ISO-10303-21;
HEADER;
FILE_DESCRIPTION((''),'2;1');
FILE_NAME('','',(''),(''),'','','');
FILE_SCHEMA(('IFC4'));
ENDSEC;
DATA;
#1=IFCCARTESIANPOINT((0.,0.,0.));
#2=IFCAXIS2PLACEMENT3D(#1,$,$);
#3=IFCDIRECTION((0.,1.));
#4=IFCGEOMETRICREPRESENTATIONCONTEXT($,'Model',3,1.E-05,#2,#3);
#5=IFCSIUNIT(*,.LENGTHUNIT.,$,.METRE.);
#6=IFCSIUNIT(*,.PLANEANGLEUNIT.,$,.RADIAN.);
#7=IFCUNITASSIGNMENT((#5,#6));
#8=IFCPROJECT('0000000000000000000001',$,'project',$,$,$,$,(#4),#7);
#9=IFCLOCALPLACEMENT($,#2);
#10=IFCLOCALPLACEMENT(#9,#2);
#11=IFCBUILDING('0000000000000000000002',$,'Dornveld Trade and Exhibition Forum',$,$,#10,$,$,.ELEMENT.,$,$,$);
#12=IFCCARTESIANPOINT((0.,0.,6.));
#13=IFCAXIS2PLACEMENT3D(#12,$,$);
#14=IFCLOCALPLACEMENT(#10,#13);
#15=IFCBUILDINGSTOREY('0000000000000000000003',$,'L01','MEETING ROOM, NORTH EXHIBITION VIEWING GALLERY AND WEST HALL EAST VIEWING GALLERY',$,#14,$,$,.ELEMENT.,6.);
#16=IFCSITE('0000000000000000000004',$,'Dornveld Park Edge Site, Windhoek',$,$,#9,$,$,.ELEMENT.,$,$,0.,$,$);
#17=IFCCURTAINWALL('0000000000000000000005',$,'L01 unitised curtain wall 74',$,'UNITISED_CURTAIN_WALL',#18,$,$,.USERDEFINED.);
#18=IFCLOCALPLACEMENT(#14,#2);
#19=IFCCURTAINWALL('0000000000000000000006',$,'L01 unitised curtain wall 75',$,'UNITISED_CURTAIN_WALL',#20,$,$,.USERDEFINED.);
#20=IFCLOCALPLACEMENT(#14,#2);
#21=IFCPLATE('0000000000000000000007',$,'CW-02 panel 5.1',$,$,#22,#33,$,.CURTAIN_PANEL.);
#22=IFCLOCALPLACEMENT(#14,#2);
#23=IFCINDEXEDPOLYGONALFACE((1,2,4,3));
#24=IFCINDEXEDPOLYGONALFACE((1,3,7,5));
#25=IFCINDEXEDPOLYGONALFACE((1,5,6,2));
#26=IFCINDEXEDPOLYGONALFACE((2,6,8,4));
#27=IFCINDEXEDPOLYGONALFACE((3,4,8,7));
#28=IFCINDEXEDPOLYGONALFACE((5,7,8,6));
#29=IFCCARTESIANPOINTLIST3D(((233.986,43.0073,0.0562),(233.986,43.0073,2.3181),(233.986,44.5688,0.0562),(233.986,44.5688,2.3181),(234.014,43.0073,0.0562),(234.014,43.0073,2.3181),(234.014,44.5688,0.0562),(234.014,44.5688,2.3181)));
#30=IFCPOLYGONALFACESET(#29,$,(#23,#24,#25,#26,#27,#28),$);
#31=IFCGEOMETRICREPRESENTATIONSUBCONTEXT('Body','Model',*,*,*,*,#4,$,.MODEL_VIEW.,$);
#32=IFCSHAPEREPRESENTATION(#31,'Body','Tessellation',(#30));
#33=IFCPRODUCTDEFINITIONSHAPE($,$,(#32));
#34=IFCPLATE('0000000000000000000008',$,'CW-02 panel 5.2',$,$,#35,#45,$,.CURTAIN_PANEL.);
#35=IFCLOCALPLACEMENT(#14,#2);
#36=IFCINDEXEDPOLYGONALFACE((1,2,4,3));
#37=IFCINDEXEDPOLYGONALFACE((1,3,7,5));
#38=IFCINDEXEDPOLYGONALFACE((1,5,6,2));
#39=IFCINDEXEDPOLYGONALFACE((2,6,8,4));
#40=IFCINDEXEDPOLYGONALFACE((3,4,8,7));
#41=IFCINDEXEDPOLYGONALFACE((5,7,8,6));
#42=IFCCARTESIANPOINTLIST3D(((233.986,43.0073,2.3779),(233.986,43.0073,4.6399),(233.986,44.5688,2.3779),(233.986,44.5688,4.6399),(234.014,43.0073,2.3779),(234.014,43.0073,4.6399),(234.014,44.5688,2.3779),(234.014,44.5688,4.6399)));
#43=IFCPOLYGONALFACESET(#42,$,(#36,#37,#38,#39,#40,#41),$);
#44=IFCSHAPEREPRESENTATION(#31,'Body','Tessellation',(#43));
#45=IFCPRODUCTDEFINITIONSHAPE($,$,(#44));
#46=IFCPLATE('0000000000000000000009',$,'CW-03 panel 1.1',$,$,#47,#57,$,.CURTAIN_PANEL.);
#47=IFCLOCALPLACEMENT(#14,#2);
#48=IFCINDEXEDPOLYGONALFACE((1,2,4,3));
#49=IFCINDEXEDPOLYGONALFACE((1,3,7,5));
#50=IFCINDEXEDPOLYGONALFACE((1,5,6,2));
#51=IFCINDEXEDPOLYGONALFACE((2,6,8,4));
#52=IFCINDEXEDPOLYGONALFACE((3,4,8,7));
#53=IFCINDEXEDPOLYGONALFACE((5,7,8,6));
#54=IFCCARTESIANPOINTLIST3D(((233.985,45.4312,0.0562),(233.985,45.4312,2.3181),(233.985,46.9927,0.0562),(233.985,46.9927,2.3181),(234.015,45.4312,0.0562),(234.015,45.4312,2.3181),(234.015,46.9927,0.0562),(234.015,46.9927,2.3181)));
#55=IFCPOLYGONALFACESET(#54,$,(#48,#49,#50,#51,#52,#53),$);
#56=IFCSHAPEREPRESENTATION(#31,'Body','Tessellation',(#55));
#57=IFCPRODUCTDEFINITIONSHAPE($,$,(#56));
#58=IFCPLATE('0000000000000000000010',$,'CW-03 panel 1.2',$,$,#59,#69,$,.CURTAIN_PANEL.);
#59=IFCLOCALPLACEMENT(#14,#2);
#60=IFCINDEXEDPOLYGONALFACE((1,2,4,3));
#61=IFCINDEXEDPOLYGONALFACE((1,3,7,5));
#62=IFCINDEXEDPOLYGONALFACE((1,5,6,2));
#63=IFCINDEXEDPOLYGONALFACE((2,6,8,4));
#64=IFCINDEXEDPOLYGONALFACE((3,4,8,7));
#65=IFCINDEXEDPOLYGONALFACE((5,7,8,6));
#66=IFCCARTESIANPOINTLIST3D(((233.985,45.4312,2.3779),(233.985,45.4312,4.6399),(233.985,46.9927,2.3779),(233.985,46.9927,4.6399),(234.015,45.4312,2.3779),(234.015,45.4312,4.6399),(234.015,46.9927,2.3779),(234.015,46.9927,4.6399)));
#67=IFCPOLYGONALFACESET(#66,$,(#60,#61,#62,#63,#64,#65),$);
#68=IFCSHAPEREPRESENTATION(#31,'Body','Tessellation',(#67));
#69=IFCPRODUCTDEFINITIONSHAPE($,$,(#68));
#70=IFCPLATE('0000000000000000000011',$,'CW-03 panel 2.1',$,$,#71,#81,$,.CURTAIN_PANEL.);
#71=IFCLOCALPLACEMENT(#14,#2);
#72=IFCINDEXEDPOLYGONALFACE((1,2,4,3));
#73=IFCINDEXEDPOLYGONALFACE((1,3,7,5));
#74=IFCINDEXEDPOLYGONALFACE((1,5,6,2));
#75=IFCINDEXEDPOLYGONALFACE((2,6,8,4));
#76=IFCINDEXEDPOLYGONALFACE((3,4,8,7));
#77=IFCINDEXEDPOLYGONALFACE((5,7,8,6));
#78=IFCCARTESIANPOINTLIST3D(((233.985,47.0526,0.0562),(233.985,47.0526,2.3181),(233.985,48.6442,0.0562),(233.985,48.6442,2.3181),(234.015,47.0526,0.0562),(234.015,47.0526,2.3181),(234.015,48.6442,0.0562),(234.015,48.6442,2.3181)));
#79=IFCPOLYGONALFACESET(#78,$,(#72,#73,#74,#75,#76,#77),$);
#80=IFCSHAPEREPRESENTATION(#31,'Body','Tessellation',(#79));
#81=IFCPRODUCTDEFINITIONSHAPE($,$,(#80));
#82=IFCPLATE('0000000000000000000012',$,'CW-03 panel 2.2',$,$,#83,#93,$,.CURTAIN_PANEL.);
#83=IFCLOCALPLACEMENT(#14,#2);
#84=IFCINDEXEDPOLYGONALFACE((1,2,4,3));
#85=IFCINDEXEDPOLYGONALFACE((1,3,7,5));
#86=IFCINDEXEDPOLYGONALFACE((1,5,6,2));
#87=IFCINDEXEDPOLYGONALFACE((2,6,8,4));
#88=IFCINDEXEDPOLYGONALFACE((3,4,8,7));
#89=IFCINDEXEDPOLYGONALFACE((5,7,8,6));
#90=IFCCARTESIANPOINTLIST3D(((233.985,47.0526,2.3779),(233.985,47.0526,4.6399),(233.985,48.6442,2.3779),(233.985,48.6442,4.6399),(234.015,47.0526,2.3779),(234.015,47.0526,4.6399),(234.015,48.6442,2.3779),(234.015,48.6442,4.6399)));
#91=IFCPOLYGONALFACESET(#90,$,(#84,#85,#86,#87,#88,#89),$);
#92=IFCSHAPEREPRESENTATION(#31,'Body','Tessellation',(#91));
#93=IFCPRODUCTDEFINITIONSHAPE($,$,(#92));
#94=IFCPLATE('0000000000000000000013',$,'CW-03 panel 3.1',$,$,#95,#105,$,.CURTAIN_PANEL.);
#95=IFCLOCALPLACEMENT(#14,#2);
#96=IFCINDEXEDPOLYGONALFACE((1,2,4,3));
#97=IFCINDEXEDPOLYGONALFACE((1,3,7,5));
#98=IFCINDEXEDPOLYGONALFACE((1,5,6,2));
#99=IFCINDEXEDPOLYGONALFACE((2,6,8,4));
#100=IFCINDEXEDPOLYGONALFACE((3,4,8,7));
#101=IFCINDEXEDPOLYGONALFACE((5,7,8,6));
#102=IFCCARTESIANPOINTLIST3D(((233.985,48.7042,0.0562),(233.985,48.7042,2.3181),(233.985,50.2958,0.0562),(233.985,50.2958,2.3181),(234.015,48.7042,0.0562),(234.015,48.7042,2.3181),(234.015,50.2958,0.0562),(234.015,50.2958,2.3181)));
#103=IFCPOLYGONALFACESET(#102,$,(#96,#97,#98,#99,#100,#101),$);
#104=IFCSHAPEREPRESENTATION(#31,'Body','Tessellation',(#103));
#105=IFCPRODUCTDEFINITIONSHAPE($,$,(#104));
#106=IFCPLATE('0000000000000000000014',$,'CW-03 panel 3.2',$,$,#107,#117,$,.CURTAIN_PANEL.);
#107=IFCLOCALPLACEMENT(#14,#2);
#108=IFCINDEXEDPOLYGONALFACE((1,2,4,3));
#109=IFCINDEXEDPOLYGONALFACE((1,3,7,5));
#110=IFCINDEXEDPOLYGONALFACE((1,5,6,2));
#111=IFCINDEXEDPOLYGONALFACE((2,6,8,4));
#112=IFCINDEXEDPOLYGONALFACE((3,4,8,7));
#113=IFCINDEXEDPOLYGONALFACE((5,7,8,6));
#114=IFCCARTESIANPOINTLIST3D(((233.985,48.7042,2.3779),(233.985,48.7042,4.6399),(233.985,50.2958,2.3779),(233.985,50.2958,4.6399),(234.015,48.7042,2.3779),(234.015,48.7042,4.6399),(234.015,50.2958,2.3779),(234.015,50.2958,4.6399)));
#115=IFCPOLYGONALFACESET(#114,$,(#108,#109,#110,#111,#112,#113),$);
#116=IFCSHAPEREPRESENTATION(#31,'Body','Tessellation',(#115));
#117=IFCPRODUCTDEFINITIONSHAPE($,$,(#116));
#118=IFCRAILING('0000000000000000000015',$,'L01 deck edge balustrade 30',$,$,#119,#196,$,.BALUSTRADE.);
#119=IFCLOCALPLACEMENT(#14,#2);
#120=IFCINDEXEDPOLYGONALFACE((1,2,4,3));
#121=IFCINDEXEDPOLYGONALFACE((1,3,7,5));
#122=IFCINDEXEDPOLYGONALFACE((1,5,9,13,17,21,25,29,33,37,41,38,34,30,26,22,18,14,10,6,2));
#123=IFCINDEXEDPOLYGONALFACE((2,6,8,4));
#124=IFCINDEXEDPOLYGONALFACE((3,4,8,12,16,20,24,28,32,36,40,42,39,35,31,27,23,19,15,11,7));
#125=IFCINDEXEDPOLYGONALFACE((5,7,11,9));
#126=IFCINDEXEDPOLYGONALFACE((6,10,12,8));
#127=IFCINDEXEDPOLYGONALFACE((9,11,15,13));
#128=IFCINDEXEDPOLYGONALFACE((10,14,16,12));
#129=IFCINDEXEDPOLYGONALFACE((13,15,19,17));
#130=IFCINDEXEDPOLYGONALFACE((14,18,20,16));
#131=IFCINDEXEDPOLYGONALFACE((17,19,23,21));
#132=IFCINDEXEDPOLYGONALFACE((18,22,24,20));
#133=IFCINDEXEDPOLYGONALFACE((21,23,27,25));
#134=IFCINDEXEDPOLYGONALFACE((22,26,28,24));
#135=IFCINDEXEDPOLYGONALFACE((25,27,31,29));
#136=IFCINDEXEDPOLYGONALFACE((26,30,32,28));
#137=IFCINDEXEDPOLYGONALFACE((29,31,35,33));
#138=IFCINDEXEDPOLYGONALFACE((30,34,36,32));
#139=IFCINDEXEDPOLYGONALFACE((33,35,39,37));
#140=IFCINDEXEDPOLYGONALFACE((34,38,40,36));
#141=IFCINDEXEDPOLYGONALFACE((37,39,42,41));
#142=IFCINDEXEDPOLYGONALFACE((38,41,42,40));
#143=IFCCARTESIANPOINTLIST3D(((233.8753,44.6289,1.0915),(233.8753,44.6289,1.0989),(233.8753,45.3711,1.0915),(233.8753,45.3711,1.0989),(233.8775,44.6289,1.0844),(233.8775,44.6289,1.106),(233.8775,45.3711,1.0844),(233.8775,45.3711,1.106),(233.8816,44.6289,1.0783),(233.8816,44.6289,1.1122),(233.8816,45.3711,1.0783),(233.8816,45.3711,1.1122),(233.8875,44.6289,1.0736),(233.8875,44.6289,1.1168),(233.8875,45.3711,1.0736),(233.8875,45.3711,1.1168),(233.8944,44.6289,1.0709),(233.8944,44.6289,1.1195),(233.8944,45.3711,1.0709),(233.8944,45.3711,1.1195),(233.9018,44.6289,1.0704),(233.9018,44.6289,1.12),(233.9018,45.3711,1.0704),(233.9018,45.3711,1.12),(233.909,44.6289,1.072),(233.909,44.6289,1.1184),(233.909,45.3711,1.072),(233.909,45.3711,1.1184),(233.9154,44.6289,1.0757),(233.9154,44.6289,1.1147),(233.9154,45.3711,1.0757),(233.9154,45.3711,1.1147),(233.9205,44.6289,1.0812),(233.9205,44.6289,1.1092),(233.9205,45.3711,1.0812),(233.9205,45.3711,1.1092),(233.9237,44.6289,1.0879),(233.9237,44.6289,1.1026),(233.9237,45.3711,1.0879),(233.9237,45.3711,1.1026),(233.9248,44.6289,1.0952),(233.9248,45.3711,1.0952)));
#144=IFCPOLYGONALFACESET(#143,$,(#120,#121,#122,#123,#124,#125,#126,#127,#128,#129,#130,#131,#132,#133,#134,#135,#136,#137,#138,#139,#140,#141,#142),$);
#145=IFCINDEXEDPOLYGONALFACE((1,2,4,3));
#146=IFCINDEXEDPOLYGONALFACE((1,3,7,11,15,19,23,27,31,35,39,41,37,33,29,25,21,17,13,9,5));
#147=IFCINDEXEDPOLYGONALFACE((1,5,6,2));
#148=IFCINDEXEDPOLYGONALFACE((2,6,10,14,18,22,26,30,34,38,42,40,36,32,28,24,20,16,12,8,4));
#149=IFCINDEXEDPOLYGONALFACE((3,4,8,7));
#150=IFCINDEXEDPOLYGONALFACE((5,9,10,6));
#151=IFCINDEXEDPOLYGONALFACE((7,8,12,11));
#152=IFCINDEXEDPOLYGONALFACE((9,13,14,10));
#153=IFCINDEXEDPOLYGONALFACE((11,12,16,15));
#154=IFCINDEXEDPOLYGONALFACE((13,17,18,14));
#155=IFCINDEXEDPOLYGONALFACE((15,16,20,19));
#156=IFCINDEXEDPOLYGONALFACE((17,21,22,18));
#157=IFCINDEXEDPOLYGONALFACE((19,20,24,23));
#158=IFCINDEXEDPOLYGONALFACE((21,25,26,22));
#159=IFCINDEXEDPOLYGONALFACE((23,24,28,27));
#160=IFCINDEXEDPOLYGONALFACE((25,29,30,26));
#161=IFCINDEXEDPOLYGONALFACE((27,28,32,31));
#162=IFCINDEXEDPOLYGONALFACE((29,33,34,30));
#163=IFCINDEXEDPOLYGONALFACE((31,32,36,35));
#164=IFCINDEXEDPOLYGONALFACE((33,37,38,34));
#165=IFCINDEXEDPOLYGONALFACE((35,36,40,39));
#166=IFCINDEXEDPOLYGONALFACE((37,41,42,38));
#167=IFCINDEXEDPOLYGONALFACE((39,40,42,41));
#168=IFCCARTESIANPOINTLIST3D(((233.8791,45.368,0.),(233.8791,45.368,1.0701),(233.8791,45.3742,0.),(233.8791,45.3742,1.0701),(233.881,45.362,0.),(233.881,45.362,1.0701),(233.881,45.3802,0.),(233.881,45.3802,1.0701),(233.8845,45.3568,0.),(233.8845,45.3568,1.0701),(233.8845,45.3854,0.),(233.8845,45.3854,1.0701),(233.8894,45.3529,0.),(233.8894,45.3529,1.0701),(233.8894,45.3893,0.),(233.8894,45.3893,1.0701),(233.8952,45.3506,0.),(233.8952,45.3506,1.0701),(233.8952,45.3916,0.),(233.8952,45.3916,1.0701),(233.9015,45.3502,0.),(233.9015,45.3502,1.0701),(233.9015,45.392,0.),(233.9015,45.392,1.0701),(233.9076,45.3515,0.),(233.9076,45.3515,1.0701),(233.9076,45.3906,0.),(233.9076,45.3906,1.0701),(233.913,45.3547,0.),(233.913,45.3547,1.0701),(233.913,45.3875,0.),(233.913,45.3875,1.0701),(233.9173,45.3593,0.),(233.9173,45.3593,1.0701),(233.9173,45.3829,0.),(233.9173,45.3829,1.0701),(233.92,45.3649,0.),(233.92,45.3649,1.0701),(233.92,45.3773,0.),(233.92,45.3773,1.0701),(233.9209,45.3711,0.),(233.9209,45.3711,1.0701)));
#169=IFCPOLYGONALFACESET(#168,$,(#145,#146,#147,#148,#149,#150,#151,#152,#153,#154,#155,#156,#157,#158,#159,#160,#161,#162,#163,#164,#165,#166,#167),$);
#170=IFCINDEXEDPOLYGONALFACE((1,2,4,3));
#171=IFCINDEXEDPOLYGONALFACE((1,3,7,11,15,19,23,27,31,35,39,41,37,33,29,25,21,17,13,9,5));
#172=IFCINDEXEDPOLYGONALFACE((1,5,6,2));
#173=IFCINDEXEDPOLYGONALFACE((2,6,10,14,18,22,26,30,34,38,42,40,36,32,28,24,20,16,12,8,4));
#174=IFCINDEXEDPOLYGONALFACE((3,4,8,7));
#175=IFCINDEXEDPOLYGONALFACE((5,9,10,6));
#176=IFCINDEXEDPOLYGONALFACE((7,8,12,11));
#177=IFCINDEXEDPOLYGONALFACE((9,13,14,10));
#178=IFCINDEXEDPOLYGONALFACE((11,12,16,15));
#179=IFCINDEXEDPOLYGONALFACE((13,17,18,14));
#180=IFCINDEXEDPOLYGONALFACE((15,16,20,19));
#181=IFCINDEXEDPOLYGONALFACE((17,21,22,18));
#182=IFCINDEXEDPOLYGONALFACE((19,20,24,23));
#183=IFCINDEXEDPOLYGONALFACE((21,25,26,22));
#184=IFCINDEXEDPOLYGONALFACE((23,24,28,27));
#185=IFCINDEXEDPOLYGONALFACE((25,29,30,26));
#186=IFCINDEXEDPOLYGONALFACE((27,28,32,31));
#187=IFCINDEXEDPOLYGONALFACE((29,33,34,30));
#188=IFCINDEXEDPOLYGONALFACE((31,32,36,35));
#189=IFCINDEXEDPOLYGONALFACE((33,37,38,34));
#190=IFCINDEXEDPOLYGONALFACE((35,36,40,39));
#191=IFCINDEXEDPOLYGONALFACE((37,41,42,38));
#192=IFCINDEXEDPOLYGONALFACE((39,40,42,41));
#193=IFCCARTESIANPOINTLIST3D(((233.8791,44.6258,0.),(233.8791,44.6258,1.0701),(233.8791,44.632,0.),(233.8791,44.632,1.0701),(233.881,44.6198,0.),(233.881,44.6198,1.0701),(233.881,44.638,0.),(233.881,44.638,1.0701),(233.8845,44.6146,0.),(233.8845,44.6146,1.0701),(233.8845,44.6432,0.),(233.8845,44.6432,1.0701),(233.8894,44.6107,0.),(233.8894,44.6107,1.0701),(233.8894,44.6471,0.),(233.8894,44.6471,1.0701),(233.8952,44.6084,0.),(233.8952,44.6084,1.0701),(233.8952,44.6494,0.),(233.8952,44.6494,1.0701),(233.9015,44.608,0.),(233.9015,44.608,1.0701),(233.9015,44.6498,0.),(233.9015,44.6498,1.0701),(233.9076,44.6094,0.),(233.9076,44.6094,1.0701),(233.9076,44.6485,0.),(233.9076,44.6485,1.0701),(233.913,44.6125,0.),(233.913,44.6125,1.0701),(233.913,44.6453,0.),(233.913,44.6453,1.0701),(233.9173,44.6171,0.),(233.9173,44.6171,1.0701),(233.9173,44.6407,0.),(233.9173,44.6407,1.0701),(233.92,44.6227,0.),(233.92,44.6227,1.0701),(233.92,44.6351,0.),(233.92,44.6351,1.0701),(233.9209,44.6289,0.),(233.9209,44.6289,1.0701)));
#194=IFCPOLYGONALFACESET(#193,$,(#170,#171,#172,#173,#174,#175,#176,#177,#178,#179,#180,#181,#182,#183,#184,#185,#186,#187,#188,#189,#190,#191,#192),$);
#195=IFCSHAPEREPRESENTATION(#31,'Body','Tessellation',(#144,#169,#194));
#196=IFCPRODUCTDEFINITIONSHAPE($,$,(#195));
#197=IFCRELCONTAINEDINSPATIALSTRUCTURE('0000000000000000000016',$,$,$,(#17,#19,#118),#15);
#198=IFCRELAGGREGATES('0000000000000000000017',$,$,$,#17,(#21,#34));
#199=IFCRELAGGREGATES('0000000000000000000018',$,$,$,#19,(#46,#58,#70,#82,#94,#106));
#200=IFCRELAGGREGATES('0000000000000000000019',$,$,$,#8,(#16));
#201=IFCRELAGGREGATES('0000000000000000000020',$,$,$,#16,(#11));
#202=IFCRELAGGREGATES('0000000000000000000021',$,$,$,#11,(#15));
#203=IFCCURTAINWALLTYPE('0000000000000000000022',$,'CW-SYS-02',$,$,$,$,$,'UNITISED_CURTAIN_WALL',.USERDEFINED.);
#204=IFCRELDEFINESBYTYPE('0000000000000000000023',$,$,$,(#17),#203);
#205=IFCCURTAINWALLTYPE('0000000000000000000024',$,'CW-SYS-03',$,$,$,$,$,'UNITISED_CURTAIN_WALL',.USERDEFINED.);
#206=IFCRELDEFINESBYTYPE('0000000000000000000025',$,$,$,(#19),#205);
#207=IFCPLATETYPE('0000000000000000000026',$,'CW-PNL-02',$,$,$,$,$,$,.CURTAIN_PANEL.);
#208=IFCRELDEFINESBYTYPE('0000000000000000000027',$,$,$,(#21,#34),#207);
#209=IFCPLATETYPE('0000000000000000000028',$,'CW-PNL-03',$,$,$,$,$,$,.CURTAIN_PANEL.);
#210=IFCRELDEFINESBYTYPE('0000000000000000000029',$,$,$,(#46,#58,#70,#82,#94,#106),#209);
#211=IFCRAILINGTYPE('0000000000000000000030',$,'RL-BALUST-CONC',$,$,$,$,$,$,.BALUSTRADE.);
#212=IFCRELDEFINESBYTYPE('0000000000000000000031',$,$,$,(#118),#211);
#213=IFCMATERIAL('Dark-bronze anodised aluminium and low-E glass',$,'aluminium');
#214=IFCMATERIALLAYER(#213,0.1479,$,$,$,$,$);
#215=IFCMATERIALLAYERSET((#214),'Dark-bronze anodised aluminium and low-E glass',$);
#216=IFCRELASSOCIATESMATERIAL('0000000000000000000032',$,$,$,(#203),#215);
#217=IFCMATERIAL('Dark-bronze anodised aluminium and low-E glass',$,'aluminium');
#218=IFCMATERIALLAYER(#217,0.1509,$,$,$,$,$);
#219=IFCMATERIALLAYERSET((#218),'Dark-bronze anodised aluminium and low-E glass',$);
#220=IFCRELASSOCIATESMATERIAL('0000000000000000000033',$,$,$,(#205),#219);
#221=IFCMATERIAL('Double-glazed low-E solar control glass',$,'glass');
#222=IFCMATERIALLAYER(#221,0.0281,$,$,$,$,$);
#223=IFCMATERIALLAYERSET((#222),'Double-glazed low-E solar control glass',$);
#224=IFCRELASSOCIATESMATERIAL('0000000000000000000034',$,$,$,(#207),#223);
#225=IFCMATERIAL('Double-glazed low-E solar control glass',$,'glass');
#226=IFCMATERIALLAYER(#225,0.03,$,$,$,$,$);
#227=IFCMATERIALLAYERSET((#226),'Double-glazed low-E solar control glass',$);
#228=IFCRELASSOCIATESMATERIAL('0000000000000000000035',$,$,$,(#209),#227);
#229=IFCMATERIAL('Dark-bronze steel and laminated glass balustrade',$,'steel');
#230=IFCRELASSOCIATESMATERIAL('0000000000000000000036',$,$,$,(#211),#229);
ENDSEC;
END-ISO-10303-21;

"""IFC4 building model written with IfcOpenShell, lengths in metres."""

from ifc_helpers import new_model, si_unit, direction, frame, origin, origin_2d, place, context, subcontext, project, spatial, rectangle, circle, extrude, material, layer, layer_set, type_object, element, aggregate, save


model = new_model("IFC4")

# Units and contexts
model_context = context("Model", 3, precision=1e-05, world=origin(), true_north=direction((0.0, 1.0)))
body_context = subcontext(model_context, "Body", "Model", "MODEL_VIEW")
ifc_project = project(units=[si_unit("LENGTHUNIT", "METRE"), si_unit("PLANEANGLEUNIT", "RADIAN")], contexts=[model_context])

# Site, building, storey
site_placement = place(None, origin())
site = spatial("IfcSite", under=ifc_project, at=site_placement, Name="Dornveld Park Edge Site, Windhoek", CompositionType="ELEMENT", RefElevation=0.0)
building_placement = place(site_placement, origin())
building = spatial("IfcBuilding", under=site, at=building_placement, Name="Dornveld Trade and Exhibition Forum", CompositionType="ELEMENT")
storey_placement = place(building_placement, frame((0.0, 0.0, 6.0)))
storey = spatial("IfcBuildingStorey", under=building, at=storey_placement, Name="L01", Description="MEETING ROOM, NORTH EXHIBITION VIEWING GALLERY AND WEST HALL EAST VIEWING GALLERY", CompositionType="ELEMENT", Elevation=6.0)

# Curtain wall
ifc_material_1 = material(Name="Dark-bronze anodised aluminium and low-E glass", Category="aluminium")
ifc_layer_1 = layer(ifc_material_1, 0.1479)
ifc_layer_set_1 = layer_set([ifc_layer_1], Name="Dark-bronze anodised aluminium and low-E glass")
curtain_wall_type_1 = type_object("IfcCurtainWallType", Name="CW-SYS-02", ElementType="UNITISED_CURTAIN_WALL", PredefinedType="USERDEFINED", material=ifc_layer_set_1)
curtain_wall_1_placement = place(storey_placement, origin())
curtain_wall_1 = element("IfcCurtainWall", 1, at=curtain_wall_1_placement, inside=storey, type_object=curtain_wall_type_1, Name="L01 unitised curtain wall 74", ObjectType="UNITISED_CURTAIN_WALL", PredefinedType="USERDEFINED")

# Curtain wall
ifc_material_2 = material(Name="Dark-bronze anodised aluminium and low-E glass", Category="aluminium")
ifc_layer_2 = layer(ifc_material_2, 0.1509)
ifc_layer_set_2 = layer_set([ifc_layer_2], Name="Dark-bronze anodised aluminium and low-E glass")
curtain_wall_type_2 = type_object("IfcCurtainWallType", Name="CW-SYS-03", ElementType="UNITISED_CURTAIN_WALL", PredefinedType="USERDEFINED", material=ifc_layer_set_2)
curtain_wall_2_placement = place(storey_placement, origin())
curtain_wall_2 = element("IfcCurtainWall", 2, at=curtain_wall_2_placement, inside=storey, type_object=curtain_wall_type_2, Name="L01 unitised curtain wall 75", ObjectType="UNITISED_CURTAIN_WALL", PredefinedType="USERDEFINED")

# Plates
ifc_material_3 = material(Name="Double-glazed low-E solar control glass", Category="glass")
ifc_layer_3 = layer(ifc_material_3, 0.0281)
ifc_layer_set_3 = layer_set([ifc_layer_3], Name="Double-glazed low-E solar control glass")
plate_type_1 = type_object("IfcPlateType", Name="CW-PNL-02", PredefinedType="CURTAIN_PANEL", material=ifc_layer_set_3)
plate_1_placement = place(storey_placement, frame((234.0, 43.7881, 0.0562), z_axis=(0.0, 0.0, 1.0), x_axis=(0.0, 1.0, 0.0)))
plate_1 = element("IfcPlate", 3, at=plate_1_placement, type_object=plate_type_1, Name="CW-02 panel 5.1", PredefinedType="CURTAIN_PANEL", context=body_context, shape_type="SweptSolid", body=[
    extrude(rectangle(XDim=1.5615, YDim=0.0281, at=origin_2d()), origin(), (0.0, 0.0, 1.0), 2.262),
])
plate_2_placement = place(storey_placement, frame((234.0, 43.7881, 2.3779), z_axis=(0.0, 0.0, 1.0), x_axis=(0.0, 1.0, 0.0)))
plate_2 = element("IfcPlate", 4, at=plate_2_placement, type_object=plate_type_1, Name="CW-02 panel 5.2", PredefinedType="CURTAIN_PANEL", context=body_context, shape_type="SweptSolid", body=[
    extrude(rectangle(XDim=1.5615, YDim=0.0281, at=origin_2d()), origin(), (0.0, 0.0, 1.0), 2.262),
])
aggregate(curtain_wall_1, [plate_1, plate_2])
ifc_material_4 = material(Name="Double-glazed low-E solar control glass", Category="glass")
ifc_layer_4 = layer(ifc_material_4, 0.03)
ifc_layer_set_4 = layer_set([ifc_layer_4], Name="Double-glazed low-E solar control glass")
plate_type_2 = type_object("IfcPlateType", Name="CW-PNL-03", PredefinedType="CURTAIN_PANEL", material=ifc_layer_set_4)
plate_3_placement = place(storey_placement, frame((234.0, 46.2119, 0.0562), z_axis=(0.0, 0.0, 1.0), x_axis=(0.0, 1.0, 0.0)))
plate_3 = element("IfcPlate", 5, at=plate_3_placement, type_object=plate_type_2, Name="CW-03 panel 1.1", PredefinedType="CURTAIN_PANEL", context=body_context, shape_type="SweptSolid", body=[
    extrude(rectangle(XDim=1.5615, YDim=0.03, at=origin_2d()), origin(), (0.0, 0.0, 1.0), 2.262),
])
plate_4_placement = place(storey_placement, frame((234.0, 46.2119, 2.3779), z_axis=(0.0, 0.0, 1.0), x_axis=(0.0, 1.0, 0.0)))
plate_4 = element("IfcPlate", 6, at=plate_4_placement, type_object=plate_type_2, Name="CW-03 panel 1.2", PredefinedType="CURTAIN_PANEL", context=body_context, shape_type="SweptSolid", body=[
    extrude(rectangle(XDim=1.5615, YDim=0.03, at=origin_2d()), origin(), (0.0, 0.0, 1.0), 2.262),
])
plate_5_placement = place(storey_placement, frame((234.0, 47.8484, 0.0562), z_axis=(0.0, 0.0, 1.0), x_axis=(0.0, 1.0, 0.0)))
plate_5 = element("IfcPlate", 7, at=plate_5_placement, type_object=plate_type_2, Name="CW-03 panel 2.1", PredefinedType="CURTAIN_PANEL", context=body_context, shape_type="SweptSolid", body=[
    extrude(rectangle(XDim=1.5916, YDim=0.03, at=origin_2d()), origin(), (0.0, 0.0, 1.0), 2.262),
])
plate_6_placement = place(storey_placement, frame((234.0, 47.8484, 2.3779), z_axis=(0.0, 0.0, 1.0), x_axis=(0.0, 1.0, 0.0)))
plate_6 = element("IfcPlate", 8, at=plate_6_placement, type_object=plate_type_2, Name="CW-03 panel 2.2", PredefinedType="CURTAIN_PANEL", context=body_context, shape_type="SweptSolid", body=[
    extrude(rectangle(XDim=1.5916, YDim=0.03, at=origin_2d()), origin(), (0.0, 0.0, 1.0), 2.262),
])
plate_7_placement = place(storey_placement, frame((234.0, 49.5, 0.0562), z_axis=(0.0, 0.0, 1.0), x_axis=(0.0, 1.0, 0.0)))
plate_7 = element("IfcPlate", 9, at=plate_7_placement, type_object=plate_type_2, Name="CW-03 panel 3.1", PredefinedType="CURTAIN_PANEL", context=body_context, shape_type="SweptSolid", body=[
    extrude(rectangle(XDim=1.5916, YDim=0.03, at=origin_2d()), origin(), (0.0, 0.0, 1.0), 2.262),
])
plate_8_placement = place(storey_placement, frame((234.0, 49.5, 2.3779), z_axis=(0.0, 0.0, 1.0), x_axis=(0.0, 1.0, 0.0)))
plate_8 = element("IfcPlate", 10, at=plate_8_placement, type_object=plate_type_2, Name="CW-03 panel 3.2", PredefinedType="CURTAIN_PANEL", context=body_context, shape_type="SweptSolid", body=[
    extrude(rectangle(XDim=1.5916, YDim=0.03, at=origin_2d()), origin(), (0.0, 0.0, 1.0), 2.262),
])
aggregate(curtain_wall_2, [plate_3, plate_4, plate_5, plate_6, plate_7, plate_8])

# Railing
ifc_material_5 = material(Name="Dark-bronze steel and laminated glass balustrade", Category="steel")
railing_type = type_object("IfcRailingType", Name="RL-BALUST-CONC", PredefinedType="BALUSTRADE", material=ifc_material_5)
railing_placement = place(storey_placement, frame((233.8999, 45.3711, 0.0)))
element("IfcRailing", 11, at=railing_placement, inside=storey, type_object=railing_type, Name="L01 deck edge balustrade 30", PredefinedType="BALUSTRADE", context=body_context, shape_type="SweptSolid", body=[
    extrude(circle(Radius=0.0249, at=origin_2d()), frame((0.0, 0.0, 1.0952), z_axis=(0.0, -1.0, 0.0), x_axis=(1.0, 0.0, 0.0)), (0.0, 0.0, 1.0), 0.7422),
    extrude(circle(Radius=0.021, at=origin_2d()), origin(), (0.0, 0.0, 1.0), 1.0701),
    extrude(circle(Radius=0.021, at=origin_2d()), frame((0.0, -0.7422, 0.0)), (0.0, 0.0, 1.0), 1.0701),
])

save(model, "model.ifc")
